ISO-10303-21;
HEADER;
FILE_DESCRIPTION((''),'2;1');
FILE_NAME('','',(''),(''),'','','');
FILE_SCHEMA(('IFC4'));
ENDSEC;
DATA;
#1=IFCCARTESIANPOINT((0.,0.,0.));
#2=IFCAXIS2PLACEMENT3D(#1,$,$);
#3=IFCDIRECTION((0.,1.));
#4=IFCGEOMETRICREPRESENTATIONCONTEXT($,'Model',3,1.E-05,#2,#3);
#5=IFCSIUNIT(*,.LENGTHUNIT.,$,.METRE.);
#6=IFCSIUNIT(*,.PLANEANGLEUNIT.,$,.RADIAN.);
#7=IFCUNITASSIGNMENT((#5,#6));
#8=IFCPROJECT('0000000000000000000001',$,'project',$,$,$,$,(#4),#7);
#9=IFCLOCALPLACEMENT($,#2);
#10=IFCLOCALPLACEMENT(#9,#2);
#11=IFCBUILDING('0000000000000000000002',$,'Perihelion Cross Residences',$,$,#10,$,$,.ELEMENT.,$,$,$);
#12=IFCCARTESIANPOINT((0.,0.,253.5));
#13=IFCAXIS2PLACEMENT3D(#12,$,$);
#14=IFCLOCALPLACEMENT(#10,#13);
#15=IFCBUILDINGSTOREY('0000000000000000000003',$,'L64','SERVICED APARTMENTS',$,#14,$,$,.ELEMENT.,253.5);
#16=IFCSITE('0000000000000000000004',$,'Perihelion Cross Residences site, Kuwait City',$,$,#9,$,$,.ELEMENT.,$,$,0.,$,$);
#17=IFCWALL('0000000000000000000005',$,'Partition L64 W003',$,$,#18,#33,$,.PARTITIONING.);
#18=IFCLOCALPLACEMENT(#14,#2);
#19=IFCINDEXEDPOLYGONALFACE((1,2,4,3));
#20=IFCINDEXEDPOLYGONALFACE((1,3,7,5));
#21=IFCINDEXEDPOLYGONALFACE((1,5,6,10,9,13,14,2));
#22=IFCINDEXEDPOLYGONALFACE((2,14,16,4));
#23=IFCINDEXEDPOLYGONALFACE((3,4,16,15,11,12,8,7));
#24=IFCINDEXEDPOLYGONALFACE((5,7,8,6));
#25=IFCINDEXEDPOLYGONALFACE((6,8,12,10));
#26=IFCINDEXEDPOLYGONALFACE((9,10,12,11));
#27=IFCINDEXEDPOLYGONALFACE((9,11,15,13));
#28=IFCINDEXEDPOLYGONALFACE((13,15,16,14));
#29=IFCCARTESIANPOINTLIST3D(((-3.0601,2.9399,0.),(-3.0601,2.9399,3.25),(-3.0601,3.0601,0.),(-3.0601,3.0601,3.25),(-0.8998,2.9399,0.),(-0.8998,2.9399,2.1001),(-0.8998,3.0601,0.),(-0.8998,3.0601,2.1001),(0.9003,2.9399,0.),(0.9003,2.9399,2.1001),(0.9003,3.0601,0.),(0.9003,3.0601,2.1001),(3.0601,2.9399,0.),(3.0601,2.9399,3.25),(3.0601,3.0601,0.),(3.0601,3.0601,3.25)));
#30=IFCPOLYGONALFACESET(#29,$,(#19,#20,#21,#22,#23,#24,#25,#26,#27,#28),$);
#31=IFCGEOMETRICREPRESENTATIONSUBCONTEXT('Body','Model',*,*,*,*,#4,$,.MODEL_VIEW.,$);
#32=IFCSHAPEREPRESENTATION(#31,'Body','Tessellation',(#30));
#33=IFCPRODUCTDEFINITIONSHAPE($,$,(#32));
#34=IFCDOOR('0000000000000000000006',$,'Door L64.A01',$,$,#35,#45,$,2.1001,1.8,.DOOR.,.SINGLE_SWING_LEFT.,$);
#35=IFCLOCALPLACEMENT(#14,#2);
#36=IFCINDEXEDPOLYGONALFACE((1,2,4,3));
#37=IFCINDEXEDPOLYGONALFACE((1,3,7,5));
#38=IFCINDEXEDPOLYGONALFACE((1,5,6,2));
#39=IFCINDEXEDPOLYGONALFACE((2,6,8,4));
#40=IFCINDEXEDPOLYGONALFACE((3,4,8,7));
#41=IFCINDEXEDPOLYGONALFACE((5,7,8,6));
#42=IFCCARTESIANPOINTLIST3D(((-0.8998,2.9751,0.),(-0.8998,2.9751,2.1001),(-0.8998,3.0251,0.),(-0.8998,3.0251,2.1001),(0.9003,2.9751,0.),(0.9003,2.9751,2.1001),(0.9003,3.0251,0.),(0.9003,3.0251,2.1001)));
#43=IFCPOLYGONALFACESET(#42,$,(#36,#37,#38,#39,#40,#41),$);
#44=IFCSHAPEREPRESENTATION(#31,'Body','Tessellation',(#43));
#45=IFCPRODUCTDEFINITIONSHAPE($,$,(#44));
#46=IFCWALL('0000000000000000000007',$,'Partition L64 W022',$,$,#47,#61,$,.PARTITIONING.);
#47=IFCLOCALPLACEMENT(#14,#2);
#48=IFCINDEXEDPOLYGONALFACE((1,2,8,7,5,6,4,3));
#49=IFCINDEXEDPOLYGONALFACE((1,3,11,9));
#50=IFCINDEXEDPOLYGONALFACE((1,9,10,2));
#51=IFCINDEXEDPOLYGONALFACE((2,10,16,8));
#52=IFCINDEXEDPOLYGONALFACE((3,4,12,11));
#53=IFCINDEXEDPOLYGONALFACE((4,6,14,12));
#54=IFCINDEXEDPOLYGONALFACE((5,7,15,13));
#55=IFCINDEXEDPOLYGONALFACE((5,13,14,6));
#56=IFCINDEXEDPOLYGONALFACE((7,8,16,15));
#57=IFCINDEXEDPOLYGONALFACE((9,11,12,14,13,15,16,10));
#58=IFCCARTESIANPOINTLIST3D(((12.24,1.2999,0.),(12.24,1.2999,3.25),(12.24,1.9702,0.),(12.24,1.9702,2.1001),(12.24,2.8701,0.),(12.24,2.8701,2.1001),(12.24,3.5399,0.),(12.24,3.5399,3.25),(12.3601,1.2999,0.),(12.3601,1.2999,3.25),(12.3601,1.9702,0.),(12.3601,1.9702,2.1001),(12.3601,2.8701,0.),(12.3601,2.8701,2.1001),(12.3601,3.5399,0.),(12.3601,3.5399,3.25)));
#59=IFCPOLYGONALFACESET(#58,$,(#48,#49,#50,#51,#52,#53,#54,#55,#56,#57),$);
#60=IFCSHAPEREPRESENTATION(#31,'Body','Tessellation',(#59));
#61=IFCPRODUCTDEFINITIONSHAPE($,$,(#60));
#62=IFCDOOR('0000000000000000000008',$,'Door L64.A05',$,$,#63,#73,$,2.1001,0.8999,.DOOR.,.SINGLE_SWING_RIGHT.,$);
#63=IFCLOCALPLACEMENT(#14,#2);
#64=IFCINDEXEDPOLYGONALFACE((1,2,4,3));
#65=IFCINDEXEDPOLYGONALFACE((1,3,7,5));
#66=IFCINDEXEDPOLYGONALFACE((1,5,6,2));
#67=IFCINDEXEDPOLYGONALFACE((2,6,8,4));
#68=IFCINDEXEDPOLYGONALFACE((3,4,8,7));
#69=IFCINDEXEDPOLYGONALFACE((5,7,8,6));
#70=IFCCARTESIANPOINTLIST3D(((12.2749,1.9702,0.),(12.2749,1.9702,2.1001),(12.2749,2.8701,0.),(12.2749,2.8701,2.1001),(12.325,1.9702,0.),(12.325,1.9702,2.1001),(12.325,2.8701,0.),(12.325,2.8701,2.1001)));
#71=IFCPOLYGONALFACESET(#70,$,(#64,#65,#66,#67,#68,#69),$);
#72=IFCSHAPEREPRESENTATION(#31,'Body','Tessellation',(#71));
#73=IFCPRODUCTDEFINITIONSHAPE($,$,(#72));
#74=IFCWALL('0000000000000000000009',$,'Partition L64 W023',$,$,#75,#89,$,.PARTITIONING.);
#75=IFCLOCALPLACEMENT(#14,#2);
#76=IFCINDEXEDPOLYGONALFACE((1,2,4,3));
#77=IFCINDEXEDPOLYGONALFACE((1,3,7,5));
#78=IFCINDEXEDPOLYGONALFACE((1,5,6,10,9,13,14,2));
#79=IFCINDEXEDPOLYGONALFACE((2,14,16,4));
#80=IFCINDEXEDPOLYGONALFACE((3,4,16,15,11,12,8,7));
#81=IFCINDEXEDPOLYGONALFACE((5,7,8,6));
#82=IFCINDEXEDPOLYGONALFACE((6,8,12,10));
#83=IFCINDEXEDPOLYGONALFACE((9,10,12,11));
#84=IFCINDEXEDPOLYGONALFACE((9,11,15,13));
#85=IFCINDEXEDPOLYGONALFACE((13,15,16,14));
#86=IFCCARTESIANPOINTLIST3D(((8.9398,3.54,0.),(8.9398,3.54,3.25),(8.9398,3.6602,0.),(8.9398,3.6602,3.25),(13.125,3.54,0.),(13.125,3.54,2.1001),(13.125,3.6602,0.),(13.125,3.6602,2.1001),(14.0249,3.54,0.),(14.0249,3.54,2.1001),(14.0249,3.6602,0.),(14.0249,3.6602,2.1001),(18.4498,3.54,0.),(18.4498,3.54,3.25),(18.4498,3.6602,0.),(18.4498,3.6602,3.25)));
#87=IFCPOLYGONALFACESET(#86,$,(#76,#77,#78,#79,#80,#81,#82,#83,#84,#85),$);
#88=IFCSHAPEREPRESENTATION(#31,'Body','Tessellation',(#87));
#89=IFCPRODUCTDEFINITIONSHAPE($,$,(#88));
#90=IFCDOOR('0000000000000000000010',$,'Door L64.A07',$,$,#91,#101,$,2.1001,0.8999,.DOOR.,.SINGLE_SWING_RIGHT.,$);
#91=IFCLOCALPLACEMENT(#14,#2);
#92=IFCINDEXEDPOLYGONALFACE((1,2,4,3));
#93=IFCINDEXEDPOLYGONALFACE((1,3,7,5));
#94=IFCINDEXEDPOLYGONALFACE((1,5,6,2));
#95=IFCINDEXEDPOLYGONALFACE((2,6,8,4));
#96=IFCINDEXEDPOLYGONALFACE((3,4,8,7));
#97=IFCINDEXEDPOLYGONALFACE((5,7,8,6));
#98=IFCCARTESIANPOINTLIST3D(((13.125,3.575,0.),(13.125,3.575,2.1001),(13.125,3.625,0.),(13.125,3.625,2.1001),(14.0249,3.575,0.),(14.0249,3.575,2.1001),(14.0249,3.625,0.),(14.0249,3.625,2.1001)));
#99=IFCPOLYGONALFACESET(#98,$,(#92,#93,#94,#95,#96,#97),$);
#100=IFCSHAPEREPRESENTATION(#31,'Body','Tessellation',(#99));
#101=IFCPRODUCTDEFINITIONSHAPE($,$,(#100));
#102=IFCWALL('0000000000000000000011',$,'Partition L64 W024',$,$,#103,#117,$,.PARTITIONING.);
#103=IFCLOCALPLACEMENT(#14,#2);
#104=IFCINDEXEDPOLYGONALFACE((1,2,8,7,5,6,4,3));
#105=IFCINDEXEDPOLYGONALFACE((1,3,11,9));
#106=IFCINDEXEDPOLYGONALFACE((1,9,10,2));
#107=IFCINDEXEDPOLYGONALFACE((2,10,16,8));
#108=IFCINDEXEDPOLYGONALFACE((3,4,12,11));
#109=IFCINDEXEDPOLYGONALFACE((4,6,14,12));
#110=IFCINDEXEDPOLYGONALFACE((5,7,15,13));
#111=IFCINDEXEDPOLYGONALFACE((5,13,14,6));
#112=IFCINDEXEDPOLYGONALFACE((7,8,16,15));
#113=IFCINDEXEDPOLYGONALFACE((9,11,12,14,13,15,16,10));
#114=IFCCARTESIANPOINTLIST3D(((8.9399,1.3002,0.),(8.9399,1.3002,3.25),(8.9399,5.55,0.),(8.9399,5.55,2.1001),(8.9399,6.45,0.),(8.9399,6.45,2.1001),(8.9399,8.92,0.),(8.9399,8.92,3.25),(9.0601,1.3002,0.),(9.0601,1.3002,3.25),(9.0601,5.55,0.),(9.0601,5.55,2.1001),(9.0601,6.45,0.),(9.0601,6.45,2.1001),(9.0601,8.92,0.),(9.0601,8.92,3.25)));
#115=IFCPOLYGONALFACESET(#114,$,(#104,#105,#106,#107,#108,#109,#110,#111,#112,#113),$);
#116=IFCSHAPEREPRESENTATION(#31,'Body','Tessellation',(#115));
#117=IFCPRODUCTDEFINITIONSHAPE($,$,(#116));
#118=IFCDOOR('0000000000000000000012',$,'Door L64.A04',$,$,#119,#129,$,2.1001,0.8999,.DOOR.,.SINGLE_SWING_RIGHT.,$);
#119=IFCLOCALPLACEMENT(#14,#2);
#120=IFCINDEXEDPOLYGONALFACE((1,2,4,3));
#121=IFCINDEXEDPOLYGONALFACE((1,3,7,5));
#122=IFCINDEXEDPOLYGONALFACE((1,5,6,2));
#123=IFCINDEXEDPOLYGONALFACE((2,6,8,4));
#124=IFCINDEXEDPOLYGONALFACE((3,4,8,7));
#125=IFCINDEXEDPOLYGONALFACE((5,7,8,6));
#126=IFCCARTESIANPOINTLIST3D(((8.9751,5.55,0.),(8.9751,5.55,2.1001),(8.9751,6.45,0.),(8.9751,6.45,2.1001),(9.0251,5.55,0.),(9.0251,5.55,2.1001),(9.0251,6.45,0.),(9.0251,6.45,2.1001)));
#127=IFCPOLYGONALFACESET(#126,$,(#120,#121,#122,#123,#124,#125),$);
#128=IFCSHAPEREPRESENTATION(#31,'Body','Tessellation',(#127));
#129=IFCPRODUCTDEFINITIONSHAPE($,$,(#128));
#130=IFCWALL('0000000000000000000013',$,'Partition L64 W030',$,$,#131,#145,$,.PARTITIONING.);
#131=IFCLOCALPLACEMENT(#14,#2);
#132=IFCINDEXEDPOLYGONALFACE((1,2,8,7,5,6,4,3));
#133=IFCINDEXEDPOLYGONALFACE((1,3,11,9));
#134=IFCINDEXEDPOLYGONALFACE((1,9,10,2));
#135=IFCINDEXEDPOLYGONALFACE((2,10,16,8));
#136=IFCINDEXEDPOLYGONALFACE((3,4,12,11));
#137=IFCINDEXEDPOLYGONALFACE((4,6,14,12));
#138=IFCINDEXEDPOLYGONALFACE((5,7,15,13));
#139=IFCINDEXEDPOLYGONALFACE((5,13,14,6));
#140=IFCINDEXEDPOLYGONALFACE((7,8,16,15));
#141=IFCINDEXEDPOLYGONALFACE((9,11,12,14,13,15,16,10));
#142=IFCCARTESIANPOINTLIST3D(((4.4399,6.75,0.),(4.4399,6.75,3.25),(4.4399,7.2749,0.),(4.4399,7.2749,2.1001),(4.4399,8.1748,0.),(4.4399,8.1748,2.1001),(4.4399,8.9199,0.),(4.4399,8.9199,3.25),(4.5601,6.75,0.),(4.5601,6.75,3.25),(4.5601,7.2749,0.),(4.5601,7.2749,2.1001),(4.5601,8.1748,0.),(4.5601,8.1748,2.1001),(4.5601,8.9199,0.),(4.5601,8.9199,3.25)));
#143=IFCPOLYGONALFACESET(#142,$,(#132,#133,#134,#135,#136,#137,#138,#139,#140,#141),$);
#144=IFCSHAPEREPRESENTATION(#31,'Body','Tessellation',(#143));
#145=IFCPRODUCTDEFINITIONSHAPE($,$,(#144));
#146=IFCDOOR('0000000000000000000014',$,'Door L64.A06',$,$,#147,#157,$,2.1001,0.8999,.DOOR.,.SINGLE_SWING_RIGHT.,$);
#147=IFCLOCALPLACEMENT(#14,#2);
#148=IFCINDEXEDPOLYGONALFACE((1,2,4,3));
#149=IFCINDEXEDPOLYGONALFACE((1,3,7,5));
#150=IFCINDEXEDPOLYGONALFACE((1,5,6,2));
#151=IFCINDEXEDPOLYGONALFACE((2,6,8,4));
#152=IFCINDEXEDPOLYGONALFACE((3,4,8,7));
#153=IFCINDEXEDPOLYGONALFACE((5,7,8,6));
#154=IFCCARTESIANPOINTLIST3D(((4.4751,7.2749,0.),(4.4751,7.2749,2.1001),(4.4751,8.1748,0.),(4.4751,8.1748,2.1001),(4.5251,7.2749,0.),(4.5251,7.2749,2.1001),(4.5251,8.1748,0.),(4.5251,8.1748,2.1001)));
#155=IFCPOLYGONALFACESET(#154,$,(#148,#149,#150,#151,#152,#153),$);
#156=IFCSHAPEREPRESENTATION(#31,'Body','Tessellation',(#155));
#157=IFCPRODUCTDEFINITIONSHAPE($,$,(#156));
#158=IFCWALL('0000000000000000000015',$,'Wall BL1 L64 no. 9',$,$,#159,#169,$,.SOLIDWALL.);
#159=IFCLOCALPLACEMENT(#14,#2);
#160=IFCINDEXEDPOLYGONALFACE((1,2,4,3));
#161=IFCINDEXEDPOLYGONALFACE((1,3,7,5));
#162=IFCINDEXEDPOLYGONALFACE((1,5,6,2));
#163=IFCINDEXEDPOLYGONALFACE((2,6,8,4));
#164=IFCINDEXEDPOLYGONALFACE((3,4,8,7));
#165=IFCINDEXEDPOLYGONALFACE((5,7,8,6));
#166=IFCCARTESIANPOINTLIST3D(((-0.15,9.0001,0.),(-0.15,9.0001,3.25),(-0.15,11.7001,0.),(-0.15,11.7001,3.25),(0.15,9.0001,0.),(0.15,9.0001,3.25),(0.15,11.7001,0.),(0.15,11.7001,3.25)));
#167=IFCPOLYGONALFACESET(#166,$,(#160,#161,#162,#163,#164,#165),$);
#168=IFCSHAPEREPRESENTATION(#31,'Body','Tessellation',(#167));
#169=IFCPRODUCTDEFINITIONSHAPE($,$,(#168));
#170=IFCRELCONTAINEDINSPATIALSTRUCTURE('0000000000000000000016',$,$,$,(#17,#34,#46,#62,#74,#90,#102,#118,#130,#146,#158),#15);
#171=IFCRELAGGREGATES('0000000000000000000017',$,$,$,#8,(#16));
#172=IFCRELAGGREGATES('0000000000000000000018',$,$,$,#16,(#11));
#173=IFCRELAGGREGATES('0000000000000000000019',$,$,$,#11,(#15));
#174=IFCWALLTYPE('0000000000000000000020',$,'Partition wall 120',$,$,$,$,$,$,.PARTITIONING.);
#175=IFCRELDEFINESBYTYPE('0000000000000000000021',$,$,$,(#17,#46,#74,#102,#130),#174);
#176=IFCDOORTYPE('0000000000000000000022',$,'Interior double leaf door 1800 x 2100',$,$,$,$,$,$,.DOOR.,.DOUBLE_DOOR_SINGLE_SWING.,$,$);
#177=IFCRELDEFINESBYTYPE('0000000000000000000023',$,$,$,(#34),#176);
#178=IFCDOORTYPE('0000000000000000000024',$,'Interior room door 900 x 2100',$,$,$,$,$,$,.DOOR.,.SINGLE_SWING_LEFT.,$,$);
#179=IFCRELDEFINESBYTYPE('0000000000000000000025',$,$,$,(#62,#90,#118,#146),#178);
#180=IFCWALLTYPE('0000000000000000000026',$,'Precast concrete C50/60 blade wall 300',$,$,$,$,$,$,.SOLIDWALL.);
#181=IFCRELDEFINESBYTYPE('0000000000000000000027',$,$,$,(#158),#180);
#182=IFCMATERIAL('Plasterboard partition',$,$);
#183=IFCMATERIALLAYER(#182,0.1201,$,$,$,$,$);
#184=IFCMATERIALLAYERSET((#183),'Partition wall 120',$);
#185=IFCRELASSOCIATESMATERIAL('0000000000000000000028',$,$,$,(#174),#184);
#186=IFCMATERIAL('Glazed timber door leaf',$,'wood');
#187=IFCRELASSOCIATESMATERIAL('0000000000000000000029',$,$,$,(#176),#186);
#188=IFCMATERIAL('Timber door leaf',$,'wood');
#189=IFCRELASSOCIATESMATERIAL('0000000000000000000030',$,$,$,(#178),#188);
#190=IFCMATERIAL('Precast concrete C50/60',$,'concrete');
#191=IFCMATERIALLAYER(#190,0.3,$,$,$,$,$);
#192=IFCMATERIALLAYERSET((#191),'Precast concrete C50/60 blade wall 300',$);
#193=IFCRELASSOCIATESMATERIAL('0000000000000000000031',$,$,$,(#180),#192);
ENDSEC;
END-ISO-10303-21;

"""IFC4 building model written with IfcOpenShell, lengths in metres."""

from ifc_helpers import new_model, si_unit, direction, frame, frame_2d, origin, place, context, subcontext, project, spatial, rectangle, extrude, material, layer, layer_set, type_object, element, fill, save


model = new_model("IFC4")

# Units and contexts
model_context = context("Model", 3, precision=1e-05, world=origin(), true_north=direction((0.0, 1.0)))
body_context = subcontext(model_context, "Body", "Model", "MODEL_VIEW")
ifc_project = project(units=[si_unit("LENGTHUNIT", "METRE"), si_unit("PLANEANGLEUNIT", "RADIAN")], contexts=[model_context])

# Site, building, storey
site_placement = place(None, origin())
site = spatial("IfcSite", under=ifc_project, at=site_placement, Name="Perihelion Cross Residences site, Kuwait City", CompositionType="ELEMENT", RefElevation=0.0)
building_placement = place(site_placement, origin())
building = spatial("IfcBuilding", under=site, at=building_placement, Name="Perihelion Cross Residences", CompositionType="ELEMENT")
storey_placement = place(building_placement, frame((0.0, 0.0, 253.5)))
storey = spatial("IfcBuildingStorey", under=building, at=storey_placement, Name="L64", Description="SERVICED APARTMENTS", CompositionType="ELEMENT", Elevation=253.5)

# Walls, openings, doors
ifc_material_1 = material(Name="Plasterboard partition")
ifc_layer_1 = layer(ifc_material_1, 0.1201)
ifc_layer_set_1 = layer_set([ifc_layer_1], Name="Partition wall 120")
wall_type_1 = type_object("IfcWallType", Name="Partition wall 120", PredefinedType="PARTITIONING", material=ifc_layer_set_1)
wall_1_placement = place(storey_placement, frame((3.0601, 3.0, 0.0), z_axis=(0.0, 0.0, 1.0), x_axis=(-1.0, 0.0, 0.0)))
wall_1 = element("IfcWall", 1, at=wall_1_placement, inside=storey, type_object=wall_type_1, Name="Partition L64 W003", PredefinedType="PARTITIONING", context=body_context, shape_type="SweptSolid", body=[
    extrude(rectangle(XDim=6.1201, YDim=0.1201, at=frame_2d((3.0601, 0.0))), origin(), (0.0, 0.0, 1.0), 3.25),
])
opening_1_placement = place(wall_1_placement, frame((2.1599, 0.0, 0.0)))
opening_1 = element("IfcOpeningElement", 2, at=opening_1_placement, cuts=wall_1, PredefinedType="OPENING", context=body_context, shape_type="SweptSolid", body=[
    extrude(rectangle(XDim=1.8, YDim=2.1001, at=frame_2d((0.8999, 1.05))), frame((0.0, 0.0701, 0.0), z_axis=(0.0, -1.0, 0.0), x_axis=(1.0, 0.0, 0.0)), (0.0, 0.0, 1.0), 0.1401),
])
ifc_material_2 = material(Name="Glazed timber door leaf", Category="wood")
door_type_1 = type_object("IfcDoorType", Name="Interior double leaf door 1800 x 2100", OperationType="DOUBLE_DOOR_SINGLE_SWING", PredefinedType="DOOR", material=ifc_material_2)
door_1_placement = place(opening_1_placement, origin())
door_1 = element("IfcDoor", 3, at=door_1_placement, inside=storey, type_object=door_type_1, Name="Door L64.A01", OperationType="SINGLE_SWING_LEFT", OverallHeight=2.1001, OverallWidth=1.8, PredefinedType="DOOR", context=body_context, shape_type="SweptSolid", body=[
    extrude(rectangle(XDim=1.8, YDim=2.1001, at=frame_2d((0.8999, 1.05))), frame((0.0, 0.0249, 0.0), z_axis=(0.0, -1.0, 0.0), x_axis=(1.0, 0.0, 0.0)), (0.0, 0.0, 1.0), 0.05),
])
fill(opening_1, door_1)
wall_2_placement = place(storey_placement, frame((12.3, 3.54, 0.0), z_axis=(0.0, 0.0, 1.0), x_axis=(0.0, -1.0, 0.0)))
wall_2 = element("IfcWall", 4, at=wall_2_placement, inside=storey, type_object=wall_type_1, Name="Partition L64 W022", PredefinedType="PARTITIONING", context=body_context, shape_type="SweptSolid", body=[
    extrude(rectangle(XDim=2.24, YDim=0.1201, at=frame_2d((1.1201, 0.0))), origin(), (0.0, 0.0, 1.0), 3.25),
])
opening_2_placement = place(wall_2_placement, frame((0.6699, 0.0, 0.0)))
opening_2 = element("IfcOpeningElement", 5, at=opening_2_placement, cuts=wall_2, PredefinedType="OPENING", context=body_context, shape_type="SweptSolid", body=[
    extrude(rectangle(XDim=0.8999, YDim=2.1001, at=frame_2d((0.45, 1.05))), frame((0.0, 0.0701, 0.0), z_axis=(0.0, -1.0, 0.0), x_axis=(1.0, 0.0, 0.0)), (0.0, 0.0, 1.0), 0.1401),
])
ifc_material_3 = material(Name="Timber door leaf", Category="wood")
door_type_2 = type_object("IfcDoorType", Name="Interior room door 900 x 2100", OperationType="SINGLE_SWING_LEFT", PredefinedType="DOOR", material=ifc_material_3)
door_2_placement = place(opening_2_placement, origin())
door_2 = element("IfcDoor", 6, at=door_2_placement, inside=storey, type_object=door_type_2, Name="Door L64.A05", OperationType="SINGLE_SWING_RIGHT", OverallHeight=2.1001, OverallWidth=0.8999, PredefinedType="DOOR", context=body_context, shape_type="SweptSolid", body=[
    extrude(rectangle(XDim=0.8999, YDim=2.1001, at=frame_2d((0.45, 1.05))), frame((0.0, 0.0249, 0.0), z_axis=(0.0, -1.0, 0.0), x_axis=(1.0, 0.0, 0.0)), (0.0, 0.0, 1.0), 0.05),
])
fill(opening_2, door_2)
wall_3_placement = place(storey_placement, frame((8.9399, 3.6001, 0.0), z_axis=(0.0, 0.0, 1.0), x_axis=(1.0, 0.0, 0.0)))
wall_3 = element("IfcWall", 7, at=wall_3_placement, inside=storey, type_object=wall_type_1, Name="Partition L64 W023", PredefinedType="PARTITIONING", context=body_context, shape_type="SweptSolid", body=[
    extrude(rectangle(XDim=9.51, YDim=0.1201, at=frame_2d((4.7549, 0.0))), origin(), (0.0, 0.0, 1.0), 3.25),
])
opening_3_placement = place(wall_3_placement, frame((4.1851, 0.0, 0.0)))
opening_3 = element("IfcOpeningElement", 8, at=opening_3_placement, cuts=wall_3, PredefinedType="OPENING", context=body_context, shape_type="SweptSolid", body=[
    extrude(rectangle(XDim=0.8999, YDim=2.1001, at=frame_2d((0.45, 1.05))), frame((0.0, 0.0701, 0.0), z_axis=(0.0, -1.0, 0.0), x_axis=(1.0, 0.0, 0.0)), (0.0, 0.0, 1.0), 0.1401),
])
door_3_placement = place(opening_3_placement, origin())
door_3 = element("IfcDoor", 9, at=door_3_placement, inside=storey, type_object=door_type_2, Name="Door L64.A07", OperationType="SINGLE_SWING_RIGHT", OverallHeight=2.1001, OverallWidth=0.8999, PredefinedType="DOOR", context=body_context, shape_type="SweptSolid", body=[
    extrude(rectangle(XDim=0.8999, YDim=2.1001, at=frame_2d((0.45, 1.05))), frame((0.0, 0.0249, 0.0), z_axis=(0.0, -1.0, 0.0), x_axis=(1.0, 0.0, 0.0)), (0.0, 0.0, 1.0), 0.05),
])
fill(opening_3, door_3)
wall_4_placement = place(storey_placement, frame((9.0, 1.3, 0.0), z_axis=(0.0, 0.0, 1.0), x_axis=(0.0, 1.0, 0.0)))
wall_4 = element("IfcWall", 10, at=wall_4_placement, inside=storey, type_object=wall_type_1, Name="Partition L64 W024", PredefinedType="PARTITIONING", context=body_context, shape_type="SweptSolid", body=[
    extrude(rectangle(XDim=7.6199, YDim=0.1201, at=frame_2d((3.8101, 0.0))), origin(), (0.0, 0.0, 1.0), 3.25),
])
opening_4_placement = place(wall_4_placement, frame((4.25, 0.0, 0.0)))
opening_4 = element("IfcOpeningElement", 11, at=opening_4_placement, cuts=wall_4, PredefinedType="OPENING", context=body_context, shape_type="SweptSolid", body=[
    extrude(rectangle(XDim=0.8999, YDim=2.1001, at=frame_2d((0.45, 1.05))), frame((0.0, 0.0701, 0.0), z_axis=(0.0, -1.0, 0.0), x_axis=(1.0, 0.0, 0.0)), (0.0, 0.0, 1.0), 0.1401),
])
door_4_placement = place(opening_4_placement, origin())
door_4 = element("IfcDoor", 12, at=door_4_placement, inside=storey, type_object=door_type_2, Name="Door L64.A04", OperationType="SINGLE_SWING_RIGHT", OverallHeight=2.1001, OverallWidth=0.8999, PredefinedType="DOOR", context=body_context, shape_type="SweptSolid", body=[
    extrude(rectangle(XDim=0.8999, YDim=2.1001, at=frame_2d((0.45, 1.05))), frame((0.0, 0.0249, 0.0), z_axis=(0.0, -1.0, 0.0), x_axis=(1.0, 0.0, 0.0)), (0.0, 0.0, 1.0), 0.05),
])
fill(opening_4, door_4)
wall_5_placement = place(storey_placement, frame((4.5, 6.75, 0.0), z_axis=(0.0, 0.0, 1.0), x_axis=(0.0, 1.0, 0.0)))
wall_5 = element("IfcWall", 13, at=wall_5_placement, inside=storey, type_object=wall_type_1, Name="Partition L64 W030", PredefinedType="PARTITIONING", context=body_context, shape_type="SweptSolid", body=[
    extrude(rectangle(XDim=2.1699, YDim=0.1201, at=frame_2d((1.085, 0.0))), origin(), (0.0, 0.0, 1.0), 3.25),
])
opening_5_placement = place(wall_5_placement, frame((0.5249, 0.0, 0.0)))
opening_5 = element("IfcOpeningElement", 14, at=opening_5_placement, cuts=wall_5, PredefinedType="OPENING", context=body_context, shape_type="SweptSolid", body=[
    extrude(rectangle(XDim=0.8999, YDim=2.1001, at=frame_2d((0.45, 1.05))), frame((0.0, 0.0701, 0.0), z_axis=(0.0, -1.0, 0.0), x_axis=(1.0, 0.0, 0.0)), (0.0, 0.0, 1.0), 0.1401),
])
door_5_placement = place(opening_5_placement, origin())
door_5 = element("IfcDoor", 15, at=door_5_placement, inside=storey, type_object=door_type_2, Name="Door L64.A06", OperationType="SINGLE_SWING_RIGHT", OverallHeight=2.1001, OverallWidth=0.8999, PredefinedType="DOOR", context=body_context, shape_type="SweptSolid", body=[
    extrude(rectangle(XDim=0.8999, YDim=2.1001, at=frame_2d((0.45, 1.05))), frame((0.0, 0.0249, 0.0), z_axis=(0.0, -1.0, 0.0), x_axis=(1.0, 0.0, 0.0)), (0.0, 0.0, 1.0), 0.05),
])
fill(opening_5, door_5)

# Wall
ifc_material_4 = material(Name="Precast concrete C50/60", Category="concrete")
ifc_layer_2 = layer(ifc_material_4, 0.3)
ifc_layer_set_2 = layer_set([ifc_layer_2], Name="Precast concrete C50/60 blade wall 300")
wall_type_2 = type_object("IfcWallType", Name="Precast concrete C50/60 blade wall 300", PredefinedType="SOLIDWALL", material=ifc_layer_set_2)
for number, where, z_axis, x_axis, name in (
    (16, (0.0, 9.0, 0.0), (0.0, 0.0, 1.0), (0.0, 1.0, 0.0), "Wall BL1 L64 no. 9"),
):
    element("IfcWall", number, at=place(storey_placement, frame(where, z_axis=z_axis, x_axis=x_axis)), inside=storey, type_object=wall_type_2, Name=name, PredefinedType="SOLIDWALL", context=body_context, shape_type="SweptSolid", body=[
        extrude(rectangle(XDim=2.7, YDim=0.3, at=frame_2d((1.3501, 0.0))), origin(), (0.0, 0.0, 1.0), 3.25),
    ])

save(model, "model.ifc")
